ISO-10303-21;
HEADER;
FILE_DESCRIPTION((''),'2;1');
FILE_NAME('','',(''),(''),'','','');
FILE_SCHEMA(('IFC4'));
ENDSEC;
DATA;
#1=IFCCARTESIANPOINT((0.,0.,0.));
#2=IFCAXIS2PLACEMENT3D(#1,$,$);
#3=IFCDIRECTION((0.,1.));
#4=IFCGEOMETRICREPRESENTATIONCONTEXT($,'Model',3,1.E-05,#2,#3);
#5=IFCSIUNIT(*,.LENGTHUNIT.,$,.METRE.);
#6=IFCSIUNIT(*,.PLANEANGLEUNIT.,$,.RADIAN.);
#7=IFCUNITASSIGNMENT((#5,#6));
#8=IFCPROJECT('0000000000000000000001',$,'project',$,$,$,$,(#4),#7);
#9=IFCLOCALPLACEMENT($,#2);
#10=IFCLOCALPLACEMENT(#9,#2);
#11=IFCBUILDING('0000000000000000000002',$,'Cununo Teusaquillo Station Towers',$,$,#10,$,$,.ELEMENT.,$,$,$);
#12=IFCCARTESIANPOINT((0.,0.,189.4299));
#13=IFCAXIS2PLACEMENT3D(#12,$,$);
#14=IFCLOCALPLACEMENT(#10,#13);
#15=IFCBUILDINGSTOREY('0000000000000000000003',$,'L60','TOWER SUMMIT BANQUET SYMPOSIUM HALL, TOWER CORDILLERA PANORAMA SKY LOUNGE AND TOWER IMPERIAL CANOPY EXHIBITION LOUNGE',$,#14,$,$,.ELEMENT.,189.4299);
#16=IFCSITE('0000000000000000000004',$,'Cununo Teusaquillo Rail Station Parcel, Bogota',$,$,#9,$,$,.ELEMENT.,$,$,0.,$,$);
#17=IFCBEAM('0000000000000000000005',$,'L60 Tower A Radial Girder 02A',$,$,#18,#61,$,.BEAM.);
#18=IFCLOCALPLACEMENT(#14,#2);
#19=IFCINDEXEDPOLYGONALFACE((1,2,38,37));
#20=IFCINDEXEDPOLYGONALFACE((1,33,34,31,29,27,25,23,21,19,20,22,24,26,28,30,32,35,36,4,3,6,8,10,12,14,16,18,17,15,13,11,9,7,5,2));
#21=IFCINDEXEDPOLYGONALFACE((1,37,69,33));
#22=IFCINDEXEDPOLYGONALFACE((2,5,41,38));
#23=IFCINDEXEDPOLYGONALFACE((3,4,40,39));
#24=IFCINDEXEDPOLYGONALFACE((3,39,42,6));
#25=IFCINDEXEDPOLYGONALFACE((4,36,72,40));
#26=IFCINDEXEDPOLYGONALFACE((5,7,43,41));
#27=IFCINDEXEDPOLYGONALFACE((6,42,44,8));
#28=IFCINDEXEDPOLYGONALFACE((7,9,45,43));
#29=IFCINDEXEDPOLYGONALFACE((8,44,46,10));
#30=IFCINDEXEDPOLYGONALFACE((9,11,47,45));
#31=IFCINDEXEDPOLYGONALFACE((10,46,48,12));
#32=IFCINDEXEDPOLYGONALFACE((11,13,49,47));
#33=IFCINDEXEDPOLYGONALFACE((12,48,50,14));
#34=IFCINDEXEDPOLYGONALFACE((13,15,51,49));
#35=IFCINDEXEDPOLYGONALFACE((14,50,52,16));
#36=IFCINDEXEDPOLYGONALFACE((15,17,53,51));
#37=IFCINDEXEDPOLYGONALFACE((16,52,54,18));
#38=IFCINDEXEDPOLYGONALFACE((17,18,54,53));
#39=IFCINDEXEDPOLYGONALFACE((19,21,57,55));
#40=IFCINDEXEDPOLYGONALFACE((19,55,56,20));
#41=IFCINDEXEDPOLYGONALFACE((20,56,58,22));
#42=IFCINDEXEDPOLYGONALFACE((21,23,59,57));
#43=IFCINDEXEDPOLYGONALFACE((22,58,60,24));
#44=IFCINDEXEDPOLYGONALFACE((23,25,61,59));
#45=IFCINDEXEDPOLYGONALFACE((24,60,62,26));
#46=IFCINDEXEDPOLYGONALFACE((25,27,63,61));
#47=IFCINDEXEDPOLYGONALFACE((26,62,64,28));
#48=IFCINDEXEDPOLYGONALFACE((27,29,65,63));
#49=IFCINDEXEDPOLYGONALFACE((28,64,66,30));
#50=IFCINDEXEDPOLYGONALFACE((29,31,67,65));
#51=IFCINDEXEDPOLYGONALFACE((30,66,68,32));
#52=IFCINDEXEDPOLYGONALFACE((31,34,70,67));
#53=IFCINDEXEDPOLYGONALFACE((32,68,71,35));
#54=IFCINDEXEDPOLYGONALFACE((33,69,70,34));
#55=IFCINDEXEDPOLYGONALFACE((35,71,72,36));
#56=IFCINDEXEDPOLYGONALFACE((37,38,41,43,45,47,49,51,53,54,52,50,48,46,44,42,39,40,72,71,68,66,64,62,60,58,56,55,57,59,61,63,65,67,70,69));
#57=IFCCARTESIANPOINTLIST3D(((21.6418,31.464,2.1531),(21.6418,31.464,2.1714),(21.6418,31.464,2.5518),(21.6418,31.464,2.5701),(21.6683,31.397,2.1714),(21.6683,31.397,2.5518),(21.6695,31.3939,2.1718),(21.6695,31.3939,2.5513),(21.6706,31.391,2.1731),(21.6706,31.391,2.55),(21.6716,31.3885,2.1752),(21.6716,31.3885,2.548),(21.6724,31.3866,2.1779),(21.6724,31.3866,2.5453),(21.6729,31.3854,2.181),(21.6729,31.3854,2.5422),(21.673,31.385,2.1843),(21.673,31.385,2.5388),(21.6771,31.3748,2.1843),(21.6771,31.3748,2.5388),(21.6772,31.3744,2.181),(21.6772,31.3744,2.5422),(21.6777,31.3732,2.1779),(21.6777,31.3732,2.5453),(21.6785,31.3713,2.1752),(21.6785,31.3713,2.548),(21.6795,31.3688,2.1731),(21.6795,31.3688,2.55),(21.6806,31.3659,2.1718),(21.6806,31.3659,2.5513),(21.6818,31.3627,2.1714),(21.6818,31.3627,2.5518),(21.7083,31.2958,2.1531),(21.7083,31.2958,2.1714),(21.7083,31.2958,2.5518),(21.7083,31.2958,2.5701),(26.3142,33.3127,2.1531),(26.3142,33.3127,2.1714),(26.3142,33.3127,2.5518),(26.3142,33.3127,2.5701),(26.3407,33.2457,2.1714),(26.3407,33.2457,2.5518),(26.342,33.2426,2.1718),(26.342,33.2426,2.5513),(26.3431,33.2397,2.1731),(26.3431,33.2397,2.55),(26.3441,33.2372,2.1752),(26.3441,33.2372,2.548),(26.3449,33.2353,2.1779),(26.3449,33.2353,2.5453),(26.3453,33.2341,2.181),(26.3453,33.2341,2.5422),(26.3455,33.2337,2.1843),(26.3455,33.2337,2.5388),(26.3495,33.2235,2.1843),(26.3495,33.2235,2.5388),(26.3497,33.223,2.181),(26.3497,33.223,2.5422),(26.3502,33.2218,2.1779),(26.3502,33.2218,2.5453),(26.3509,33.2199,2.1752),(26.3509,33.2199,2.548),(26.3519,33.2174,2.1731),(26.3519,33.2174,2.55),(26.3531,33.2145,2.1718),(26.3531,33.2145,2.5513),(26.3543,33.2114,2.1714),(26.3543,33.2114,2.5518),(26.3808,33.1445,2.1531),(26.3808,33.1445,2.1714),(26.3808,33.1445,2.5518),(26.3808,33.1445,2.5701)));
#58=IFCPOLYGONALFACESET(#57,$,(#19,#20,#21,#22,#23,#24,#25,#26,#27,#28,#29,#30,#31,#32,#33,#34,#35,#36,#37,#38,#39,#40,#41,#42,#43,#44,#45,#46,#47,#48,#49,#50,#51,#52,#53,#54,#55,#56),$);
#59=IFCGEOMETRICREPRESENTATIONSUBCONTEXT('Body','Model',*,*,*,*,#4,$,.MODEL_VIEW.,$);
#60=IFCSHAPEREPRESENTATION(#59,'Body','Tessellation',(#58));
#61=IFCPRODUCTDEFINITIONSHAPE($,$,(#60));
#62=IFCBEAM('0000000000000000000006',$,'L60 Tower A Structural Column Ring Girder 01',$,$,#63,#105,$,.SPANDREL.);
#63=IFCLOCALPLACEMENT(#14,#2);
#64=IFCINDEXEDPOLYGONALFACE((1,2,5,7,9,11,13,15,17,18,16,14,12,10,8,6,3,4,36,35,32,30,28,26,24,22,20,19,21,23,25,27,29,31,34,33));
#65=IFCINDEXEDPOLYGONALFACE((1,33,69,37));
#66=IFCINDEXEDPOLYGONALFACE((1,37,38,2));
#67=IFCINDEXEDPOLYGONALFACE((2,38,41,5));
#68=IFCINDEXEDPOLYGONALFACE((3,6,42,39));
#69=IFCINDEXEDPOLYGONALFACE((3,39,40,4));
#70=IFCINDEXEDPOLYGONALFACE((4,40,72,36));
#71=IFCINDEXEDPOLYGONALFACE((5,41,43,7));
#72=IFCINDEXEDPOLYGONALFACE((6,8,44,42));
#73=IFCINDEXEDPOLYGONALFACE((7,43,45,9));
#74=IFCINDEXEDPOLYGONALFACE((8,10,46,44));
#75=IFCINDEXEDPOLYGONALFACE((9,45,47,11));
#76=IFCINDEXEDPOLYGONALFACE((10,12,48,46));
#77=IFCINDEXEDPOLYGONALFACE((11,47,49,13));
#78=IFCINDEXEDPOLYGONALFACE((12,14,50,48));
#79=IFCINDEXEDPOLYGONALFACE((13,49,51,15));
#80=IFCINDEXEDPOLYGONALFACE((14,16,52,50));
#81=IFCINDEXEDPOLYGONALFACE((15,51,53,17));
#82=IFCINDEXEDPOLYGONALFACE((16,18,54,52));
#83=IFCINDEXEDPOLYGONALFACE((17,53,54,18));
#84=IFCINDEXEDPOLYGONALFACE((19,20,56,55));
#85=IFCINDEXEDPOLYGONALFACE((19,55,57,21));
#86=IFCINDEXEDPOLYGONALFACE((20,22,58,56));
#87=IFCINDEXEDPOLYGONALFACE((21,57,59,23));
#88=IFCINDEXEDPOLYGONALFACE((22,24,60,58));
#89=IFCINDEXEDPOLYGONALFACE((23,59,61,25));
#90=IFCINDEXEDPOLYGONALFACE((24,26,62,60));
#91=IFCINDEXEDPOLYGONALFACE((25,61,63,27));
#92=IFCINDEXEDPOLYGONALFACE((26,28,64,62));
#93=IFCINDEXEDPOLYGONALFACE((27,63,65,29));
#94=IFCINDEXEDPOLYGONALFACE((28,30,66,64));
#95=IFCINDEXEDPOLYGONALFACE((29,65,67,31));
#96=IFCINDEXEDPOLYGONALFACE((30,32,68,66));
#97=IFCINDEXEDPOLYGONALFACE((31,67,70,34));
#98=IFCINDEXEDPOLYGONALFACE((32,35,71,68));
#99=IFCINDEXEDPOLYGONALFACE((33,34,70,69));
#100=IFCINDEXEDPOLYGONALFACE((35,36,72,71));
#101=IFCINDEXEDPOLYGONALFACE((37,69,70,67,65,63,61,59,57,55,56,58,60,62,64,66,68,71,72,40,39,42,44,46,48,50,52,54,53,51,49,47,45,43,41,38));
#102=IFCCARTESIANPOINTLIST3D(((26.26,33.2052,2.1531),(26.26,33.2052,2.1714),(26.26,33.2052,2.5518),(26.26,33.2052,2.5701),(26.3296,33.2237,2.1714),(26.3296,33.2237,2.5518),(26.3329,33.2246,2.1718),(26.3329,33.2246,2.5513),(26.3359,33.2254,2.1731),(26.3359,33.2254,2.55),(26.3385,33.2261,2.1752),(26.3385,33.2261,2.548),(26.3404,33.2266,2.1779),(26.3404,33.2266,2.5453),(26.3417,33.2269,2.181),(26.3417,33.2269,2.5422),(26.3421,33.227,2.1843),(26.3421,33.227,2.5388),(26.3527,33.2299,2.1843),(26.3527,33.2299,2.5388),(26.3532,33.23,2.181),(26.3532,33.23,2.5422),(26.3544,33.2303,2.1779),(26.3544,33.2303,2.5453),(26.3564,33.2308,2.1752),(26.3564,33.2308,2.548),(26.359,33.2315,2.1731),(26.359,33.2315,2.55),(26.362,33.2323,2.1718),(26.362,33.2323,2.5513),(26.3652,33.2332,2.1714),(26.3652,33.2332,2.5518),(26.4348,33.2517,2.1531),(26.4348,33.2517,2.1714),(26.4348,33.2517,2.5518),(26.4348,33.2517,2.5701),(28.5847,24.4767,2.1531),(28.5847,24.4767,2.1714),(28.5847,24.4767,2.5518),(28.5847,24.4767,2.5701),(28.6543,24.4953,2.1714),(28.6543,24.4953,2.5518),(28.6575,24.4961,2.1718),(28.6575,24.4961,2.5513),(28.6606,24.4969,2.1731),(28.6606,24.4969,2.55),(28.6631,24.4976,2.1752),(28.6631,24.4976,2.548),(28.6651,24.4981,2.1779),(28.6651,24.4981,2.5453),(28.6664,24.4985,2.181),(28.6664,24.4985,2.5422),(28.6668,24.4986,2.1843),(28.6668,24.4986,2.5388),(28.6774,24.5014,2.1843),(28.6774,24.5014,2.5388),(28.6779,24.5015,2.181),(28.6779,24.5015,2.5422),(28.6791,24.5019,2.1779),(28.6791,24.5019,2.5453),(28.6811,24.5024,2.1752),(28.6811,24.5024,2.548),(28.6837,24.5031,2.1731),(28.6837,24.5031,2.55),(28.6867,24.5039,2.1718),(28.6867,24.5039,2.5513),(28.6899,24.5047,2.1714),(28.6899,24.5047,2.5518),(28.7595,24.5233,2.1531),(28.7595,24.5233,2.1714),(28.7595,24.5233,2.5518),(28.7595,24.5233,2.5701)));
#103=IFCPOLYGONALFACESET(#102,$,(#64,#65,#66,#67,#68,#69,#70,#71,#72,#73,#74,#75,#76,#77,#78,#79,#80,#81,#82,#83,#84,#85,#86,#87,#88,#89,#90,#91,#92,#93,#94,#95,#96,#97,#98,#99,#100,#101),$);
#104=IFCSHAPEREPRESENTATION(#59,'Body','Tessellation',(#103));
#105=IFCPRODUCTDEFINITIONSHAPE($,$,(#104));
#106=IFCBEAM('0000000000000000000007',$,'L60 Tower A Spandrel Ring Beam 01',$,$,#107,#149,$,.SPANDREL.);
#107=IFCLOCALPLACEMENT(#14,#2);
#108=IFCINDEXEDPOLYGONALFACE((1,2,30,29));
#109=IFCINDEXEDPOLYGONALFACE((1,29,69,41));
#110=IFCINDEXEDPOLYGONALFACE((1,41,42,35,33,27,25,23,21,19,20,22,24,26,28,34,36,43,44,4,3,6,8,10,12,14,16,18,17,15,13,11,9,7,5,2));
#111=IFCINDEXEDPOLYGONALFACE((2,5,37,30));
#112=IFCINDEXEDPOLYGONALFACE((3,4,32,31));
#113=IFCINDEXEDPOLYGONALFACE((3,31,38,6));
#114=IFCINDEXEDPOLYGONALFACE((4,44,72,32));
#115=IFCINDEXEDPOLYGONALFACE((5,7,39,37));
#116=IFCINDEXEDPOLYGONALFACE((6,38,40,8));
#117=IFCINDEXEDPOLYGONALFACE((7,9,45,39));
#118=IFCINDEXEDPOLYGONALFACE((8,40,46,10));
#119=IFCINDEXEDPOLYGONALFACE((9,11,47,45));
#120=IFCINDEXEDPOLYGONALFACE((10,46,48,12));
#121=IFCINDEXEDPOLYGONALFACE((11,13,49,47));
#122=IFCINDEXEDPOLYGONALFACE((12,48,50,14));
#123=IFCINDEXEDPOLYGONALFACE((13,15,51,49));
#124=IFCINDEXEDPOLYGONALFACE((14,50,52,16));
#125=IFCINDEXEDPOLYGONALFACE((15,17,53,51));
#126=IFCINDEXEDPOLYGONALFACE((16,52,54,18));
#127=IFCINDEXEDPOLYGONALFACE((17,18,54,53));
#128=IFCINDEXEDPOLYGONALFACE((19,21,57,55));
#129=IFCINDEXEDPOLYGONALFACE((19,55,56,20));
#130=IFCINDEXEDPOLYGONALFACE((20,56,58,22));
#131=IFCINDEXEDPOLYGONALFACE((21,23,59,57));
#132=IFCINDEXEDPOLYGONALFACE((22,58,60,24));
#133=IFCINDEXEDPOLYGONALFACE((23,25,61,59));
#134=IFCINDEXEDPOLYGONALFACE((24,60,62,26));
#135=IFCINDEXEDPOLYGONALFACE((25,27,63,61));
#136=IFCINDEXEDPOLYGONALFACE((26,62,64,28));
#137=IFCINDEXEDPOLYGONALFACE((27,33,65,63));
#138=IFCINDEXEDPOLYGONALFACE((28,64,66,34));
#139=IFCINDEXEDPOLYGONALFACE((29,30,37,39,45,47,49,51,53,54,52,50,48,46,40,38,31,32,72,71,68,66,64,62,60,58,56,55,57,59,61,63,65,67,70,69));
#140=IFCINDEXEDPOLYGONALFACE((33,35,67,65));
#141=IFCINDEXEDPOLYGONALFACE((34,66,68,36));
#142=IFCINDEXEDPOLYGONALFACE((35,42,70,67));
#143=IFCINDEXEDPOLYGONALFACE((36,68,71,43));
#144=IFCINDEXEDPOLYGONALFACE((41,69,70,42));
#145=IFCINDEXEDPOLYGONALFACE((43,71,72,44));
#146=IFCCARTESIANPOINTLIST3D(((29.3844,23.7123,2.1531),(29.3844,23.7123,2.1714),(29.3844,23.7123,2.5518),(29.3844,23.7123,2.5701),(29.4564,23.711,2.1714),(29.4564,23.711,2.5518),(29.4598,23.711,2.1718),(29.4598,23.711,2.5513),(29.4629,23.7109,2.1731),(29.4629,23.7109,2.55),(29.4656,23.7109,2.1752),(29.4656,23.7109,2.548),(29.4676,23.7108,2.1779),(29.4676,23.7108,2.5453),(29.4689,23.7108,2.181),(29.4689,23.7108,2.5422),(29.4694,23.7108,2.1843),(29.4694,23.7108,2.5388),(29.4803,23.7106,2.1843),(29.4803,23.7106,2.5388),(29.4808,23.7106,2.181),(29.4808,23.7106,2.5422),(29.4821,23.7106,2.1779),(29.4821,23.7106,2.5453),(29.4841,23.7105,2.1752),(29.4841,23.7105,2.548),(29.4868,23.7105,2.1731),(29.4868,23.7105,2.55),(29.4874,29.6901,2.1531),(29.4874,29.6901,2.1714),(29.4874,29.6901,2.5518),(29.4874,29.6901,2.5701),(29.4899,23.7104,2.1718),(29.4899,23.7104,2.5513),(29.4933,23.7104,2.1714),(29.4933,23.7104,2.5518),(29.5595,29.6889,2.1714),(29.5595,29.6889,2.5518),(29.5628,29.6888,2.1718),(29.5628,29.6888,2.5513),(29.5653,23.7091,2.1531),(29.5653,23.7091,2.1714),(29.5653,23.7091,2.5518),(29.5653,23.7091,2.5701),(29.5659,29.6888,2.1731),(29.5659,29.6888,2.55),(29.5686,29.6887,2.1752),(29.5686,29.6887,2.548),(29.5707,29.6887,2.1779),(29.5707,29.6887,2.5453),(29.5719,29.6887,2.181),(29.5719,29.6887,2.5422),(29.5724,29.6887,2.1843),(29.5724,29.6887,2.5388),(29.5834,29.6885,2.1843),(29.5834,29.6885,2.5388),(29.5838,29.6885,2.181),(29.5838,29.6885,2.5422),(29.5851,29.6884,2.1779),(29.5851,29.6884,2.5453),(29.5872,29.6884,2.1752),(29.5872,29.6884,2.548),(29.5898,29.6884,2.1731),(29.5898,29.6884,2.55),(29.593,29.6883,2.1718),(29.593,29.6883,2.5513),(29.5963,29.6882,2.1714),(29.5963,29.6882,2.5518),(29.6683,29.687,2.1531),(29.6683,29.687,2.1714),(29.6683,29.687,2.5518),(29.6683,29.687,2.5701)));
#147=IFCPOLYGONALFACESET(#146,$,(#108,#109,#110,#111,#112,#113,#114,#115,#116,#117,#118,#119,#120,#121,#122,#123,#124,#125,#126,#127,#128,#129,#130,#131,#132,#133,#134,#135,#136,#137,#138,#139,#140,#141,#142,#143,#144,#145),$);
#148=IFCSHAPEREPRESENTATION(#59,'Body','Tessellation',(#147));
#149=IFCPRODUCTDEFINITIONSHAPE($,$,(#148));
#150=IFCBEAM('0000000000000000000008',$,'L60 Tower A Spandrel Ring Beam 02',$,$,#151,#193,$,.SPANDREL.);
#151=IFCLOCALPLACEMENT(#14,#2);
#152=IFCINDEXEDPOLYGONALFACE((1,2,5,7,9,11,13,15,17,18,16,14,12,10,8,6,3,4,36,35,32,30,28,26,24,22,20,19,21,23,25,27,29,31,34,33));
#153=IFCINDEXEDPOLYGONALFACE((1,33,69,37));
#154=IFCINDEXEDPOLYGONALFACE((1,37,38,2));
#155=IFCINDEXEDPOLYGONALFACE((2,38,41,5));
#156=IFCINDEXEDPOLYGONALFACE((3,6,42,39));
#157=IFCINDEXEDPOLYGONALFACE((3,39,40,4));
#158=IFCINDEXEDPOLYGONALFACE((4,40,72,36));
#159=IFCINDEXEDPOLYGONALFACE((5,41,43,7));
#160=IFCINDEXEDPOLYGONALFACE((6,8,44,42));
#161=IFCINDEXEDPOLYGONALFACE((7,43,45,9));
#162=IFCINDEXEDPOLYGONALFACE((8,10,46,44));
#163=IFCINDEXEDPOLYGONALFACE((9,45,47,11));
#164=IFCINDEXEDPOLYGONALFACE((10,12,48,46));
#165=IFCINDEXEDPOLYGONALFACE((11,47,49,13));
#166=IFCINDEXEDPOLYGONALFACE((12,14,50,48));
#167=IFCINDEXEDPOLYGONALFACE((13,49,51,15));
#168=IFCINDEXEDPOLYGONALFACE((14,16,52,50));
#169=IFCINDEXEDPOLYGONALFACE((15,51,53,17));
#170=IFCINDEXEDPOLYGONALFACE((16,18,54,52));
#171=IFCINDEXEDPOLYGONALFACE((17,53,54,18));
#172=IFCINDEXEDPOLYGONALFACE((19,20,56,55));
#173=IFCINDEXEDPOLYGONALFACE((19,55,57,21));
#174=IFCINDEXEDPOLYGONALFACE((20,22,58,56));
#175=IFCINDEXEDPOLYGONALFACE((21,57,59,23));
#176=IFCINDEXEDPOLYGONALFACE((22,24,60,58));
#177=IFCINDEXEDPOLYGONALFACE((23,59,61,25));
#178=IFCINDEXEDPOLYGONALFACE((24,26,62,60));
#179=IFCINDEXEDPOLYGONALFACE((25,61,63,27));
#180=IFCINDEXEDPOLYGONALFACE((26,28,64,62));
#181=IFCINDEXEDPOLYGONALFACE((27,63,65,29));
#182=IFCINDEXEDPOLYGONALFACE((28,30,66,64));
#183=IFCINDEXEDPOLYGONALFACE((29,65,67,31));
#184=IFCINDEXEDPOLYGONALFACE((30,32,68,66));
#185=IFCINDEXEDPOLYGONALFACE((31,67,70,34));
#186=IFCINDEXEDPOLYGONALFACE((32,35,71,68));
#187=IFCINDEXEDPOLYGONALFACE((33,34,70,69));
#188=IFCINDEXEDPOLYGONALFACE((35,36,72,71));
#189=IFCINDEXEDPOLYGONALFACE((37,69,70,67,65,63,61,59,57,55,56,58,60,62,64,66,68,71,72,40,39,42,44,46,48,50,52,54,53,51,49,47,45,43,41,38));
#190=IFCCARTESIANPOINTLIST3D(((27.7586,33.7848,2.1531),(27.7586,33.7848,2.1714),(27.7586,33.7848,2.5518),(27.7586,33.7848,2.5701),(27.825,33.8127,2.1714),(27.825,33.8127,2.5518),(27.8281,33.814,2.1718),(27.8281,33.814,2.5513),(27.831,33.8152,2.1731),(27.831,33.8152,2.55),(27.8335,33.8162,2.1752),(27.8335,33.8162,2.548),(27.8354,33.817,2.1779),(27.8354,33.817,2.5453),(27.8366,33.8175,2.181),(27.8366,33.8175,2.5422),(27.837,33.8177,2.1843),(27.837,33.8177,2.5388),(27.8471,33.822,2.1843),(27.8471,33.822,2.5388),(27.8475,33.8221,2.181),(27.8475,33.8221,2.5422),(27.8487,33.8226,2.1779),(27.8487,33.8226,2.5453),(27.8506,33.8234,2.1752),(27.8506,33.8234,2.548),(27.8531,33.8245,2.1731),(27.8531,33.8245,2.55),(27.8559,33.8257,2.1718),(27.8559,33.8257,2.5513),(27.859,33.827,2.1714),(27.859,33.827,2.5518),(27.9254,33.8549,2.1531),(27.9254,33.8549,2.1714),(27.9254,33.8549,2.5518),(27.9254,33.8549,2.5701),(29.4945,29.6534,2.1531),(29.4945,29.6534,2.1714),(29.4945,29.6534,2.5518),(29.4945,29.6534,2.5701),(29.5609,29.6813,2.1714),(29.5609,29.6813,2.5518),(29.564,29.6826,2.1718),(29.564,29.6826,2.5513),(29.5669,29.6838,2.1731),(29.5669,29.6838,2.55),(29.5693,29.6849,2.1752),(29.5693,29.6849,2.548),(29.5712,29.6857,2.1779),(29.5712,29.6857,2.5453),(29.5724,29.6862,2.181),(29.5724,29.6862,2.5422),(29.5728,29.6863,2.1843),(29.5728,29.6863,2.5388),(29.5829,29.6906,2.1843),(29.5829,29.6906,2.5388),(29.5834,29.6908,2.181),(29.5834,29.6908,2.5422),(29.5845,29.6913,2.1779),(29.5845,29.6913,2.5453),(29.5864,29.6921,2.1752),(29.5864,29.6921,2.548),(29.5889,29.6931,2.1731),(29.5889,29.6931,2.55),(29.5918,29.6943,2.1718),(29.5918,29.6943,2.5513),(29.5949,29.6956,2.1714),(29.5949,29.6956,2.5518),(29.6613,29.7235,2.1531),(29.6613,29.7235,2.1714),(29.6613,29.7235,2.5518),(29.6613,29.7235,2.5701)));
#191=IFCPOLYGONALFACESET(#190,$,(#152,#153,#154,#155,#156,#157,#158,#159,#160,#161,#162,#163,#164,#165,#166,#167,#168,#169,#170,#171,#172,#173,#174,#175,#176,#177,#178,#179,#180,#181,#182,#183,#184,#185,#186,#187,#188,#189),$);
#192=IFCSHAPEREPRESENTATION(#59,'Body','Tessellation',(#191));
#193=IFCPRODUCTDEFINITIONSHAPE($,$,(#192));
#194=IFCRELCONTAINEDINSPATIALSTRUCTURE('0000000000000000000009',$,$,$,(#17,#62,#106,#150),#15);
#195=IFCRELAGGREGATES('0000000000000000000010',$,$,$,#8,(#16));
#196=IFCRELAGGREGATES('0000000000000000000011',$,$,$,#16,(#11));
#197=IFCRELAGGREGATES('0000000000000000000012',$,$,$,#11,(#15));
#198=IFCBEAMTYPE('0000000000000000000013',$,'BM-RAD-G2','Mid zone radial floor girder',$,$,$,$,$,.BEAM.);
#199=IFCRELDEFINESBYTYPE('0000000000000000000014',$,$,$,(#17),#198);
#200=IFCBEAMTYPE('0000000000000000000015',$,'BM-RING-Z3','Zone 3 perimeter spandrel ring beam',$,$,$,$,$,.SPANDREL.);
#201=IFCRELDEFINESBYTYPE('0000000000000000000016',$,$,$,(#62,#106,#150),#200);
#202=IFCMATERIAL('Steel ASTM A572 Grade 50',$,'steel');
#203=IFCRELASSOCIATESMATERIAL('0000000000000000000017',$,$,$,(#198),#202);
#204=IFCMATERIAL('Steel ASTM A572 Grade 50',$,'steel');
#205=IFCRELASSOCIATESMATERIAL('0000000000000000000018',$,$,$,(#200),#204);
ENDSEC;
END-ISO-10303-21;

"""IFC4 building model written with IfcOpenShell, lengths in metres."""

from ifc_helpers import new_model, si_unit, direction, frame, origin, origin_2d, place, context, subcontext, project, spatial, i_section, extrude, material, material_profile, profile_set, type_object, element, save


model = new_model("IFC4")

# Units and contexts
model_context = context("Model", 3, precision=1e-05, world=origin(), true_north=direction((0.0, 1.0)))
body_context = subcontext(model_context, "Body", "Model", "MODEL_VIEW")
ifc_project = project(units=[si_unit("LENGTHUNIT", "METRE"), si_unit("PLANEANGLEUNIT", "RADIAN")], contexts=[model_context])

# Site, building, storey
site_placement = place(None, origin())
site = spatial("IfcSite", under=ifc_project, at=site_placement, Name="Cununo Teusaquillo Rail Station Parcel, Bogota", CompositionType="ELEMENT", RefElevation=0.0)
building_placement = place(site_placement, origin())
building = spatial("IfcBuilding", under=site, at=building_placement, Name="Cununo Teusaquillo Station Towers", CompositionType="ELEMENT")
storey_placement = place(building_placement, frame((0.0, 0.0, 189.4299)))
storey = spatial("IfcBuildingStorey", under=building, at=storey_placement, Name="L60", Description="TOWER SUMMIT BANQUET SYMPOSIUM HALL, TOWER CORDILLERA PANORAMA SKY LOUNGE AND TOWER IMPERIAL CANOPY EXHIBITION LOUNGE", CompositionType="ELEMENT", Elevation=189.4299)

# Beams
ifc_material_1 = material(Name="Steel ASTM A572 Grade 50", Category="steel")
ifc_material_profile_1 = material_profile(ifc_material_1, i_section(OverallWidth=0.1809, OverallDepth=0.417, WebThickness=0.011, FlangeThickness=0.0183, FilletRadius=0.0129, at=origin_2d()), Name="W16X57")
ifc_profile_set_1 = profile_set([ifc_material_profile_1], Name="Steel ASTM A572 Grade 50")
beam_type_1 = type_object("IfcBeamType", Name="BM-RAD-G2", Description="Mid zone radial floor girder", PredefinedType="BEAM", material=ifc_profile_set_1)
beam_1_placement = place(storey_placement, frame((21.675, 31.3799, 2.3616), z_axis=(0.929864, 0.367903, 0.0), x_axis=(-0.367903, 0.929864, 0.0)))
element("IfcBeam", 1, at=beam_1_placement, inside=storey, type_object=beam_type_1, Name="L60 Tower A Radial Girder 02A", PredefinedType="BEAM", context=body_context, shape_type="SweptSolid", body=[
    extrude(i_section(OverallWidth=0.1809, OverallDepth=0.417, WebThickness=0.011, FlangeThickness=0.0183, FilletRadius=0.0129, at=origin_2d()), origin(), (0.0, 0.0, 1.0), 5.0249),
])
ifc_material_2 = material(Name="Steel ASTM A572 Grade 50", Category="steel")
ifc_material_profile_2 = material_profile(ifc_material_2, i_section(OverallWidth=0.1809, OverallDepth=0.417, WebThickness=0.011, FlangeThickness=0.0183, FilletRadius=0.0129, at=origin_2d()), Name="W16X57")
ifc_profile_set_2 = profile_set([ifc_material_profile_2], Name="Steel ASTM A572 Grade 50")
beam_type_2 = type_object("IfcBeamType", Name="BM-RING-Z3", Description="Zone 3 perimeter spandrel ring beam", PredefinedType="SPANDREL", material=ifc_profile_set_2)
beam_2_placement = place(storey_placement, frame((28.6721, 24.5, 2.3616), z_axis=(-0.257363, 0.966315, 0.0), x_axis=(-0.966315, -0.257363, 0.0)))
element("IfcBeam", 2, at=beam_2_placement, inside=storey, type_object=beam_type_2, Name="L60 Tower A Structural Column Ring Girder 01", PredefinedType="SPANDREL", context=body_context, shape_type="SweptSolid", body=[
    extrude(i_section(OverallWidth=0.1809, OverallDepth=0.417, WebThickness=0.011, FlangeThickness=0.0183, FilletRadius=0.0129, at=origin_2d()), origin(), (0.0, 0.0, 1.0), 9.0327),
])
beam_3_placement = place(storey_placement, frame((29.4749, 23.7107, 2.3616), z_axis=(0.017232, 0.999852, 0.0), x_axis=(-0.999852, 0.017232, 0.0)))
element("IfcBeam", 3, at=beam_3_placement, inside=storey, type_object=beam_type_2, Name="L60 Tower A Spandrel Ring Beam 01", PredefinedType="SPANDREL", context=body_context, shape_type="SweptSolid", body=[
    extrude(i_section(OverallWidth=0.1809, OverallDepth=0.417, WebThickness=0.011, FlangeThickness=0.0183, FilletRadius=0.0129, at=origin_2d()), origin(), (0.0, 0.0, 1.0), 5.9788),
])
beam_4_placement = place(storey_placement, frame((29.5779, 29.6885, 2.3616), z_axis=(-0.38736, 0.921928, 0.0), x_axis=(-0.921928, -0.38736, 0.0)))
element("IfcBeam", 4, at=beam_4_placement, inside=storey, type_object=beam_type_2, Name="L60 Tower A Spandrel Ring Beam 02", PredefinedType="SPANDREL", context=body_context, shape_type="SweptSolid", body=[
    extrude(i_section(OverallWidth=0.1809, OverallDepth=0.417, WebThickness=0.011, FlangeThickness=0.0183, FilletRadius=0.0129, at=origin_2d()), origin(), (0.0, 0.0, 1.0), 4.4812),
])

save(model, "model.ifc")
